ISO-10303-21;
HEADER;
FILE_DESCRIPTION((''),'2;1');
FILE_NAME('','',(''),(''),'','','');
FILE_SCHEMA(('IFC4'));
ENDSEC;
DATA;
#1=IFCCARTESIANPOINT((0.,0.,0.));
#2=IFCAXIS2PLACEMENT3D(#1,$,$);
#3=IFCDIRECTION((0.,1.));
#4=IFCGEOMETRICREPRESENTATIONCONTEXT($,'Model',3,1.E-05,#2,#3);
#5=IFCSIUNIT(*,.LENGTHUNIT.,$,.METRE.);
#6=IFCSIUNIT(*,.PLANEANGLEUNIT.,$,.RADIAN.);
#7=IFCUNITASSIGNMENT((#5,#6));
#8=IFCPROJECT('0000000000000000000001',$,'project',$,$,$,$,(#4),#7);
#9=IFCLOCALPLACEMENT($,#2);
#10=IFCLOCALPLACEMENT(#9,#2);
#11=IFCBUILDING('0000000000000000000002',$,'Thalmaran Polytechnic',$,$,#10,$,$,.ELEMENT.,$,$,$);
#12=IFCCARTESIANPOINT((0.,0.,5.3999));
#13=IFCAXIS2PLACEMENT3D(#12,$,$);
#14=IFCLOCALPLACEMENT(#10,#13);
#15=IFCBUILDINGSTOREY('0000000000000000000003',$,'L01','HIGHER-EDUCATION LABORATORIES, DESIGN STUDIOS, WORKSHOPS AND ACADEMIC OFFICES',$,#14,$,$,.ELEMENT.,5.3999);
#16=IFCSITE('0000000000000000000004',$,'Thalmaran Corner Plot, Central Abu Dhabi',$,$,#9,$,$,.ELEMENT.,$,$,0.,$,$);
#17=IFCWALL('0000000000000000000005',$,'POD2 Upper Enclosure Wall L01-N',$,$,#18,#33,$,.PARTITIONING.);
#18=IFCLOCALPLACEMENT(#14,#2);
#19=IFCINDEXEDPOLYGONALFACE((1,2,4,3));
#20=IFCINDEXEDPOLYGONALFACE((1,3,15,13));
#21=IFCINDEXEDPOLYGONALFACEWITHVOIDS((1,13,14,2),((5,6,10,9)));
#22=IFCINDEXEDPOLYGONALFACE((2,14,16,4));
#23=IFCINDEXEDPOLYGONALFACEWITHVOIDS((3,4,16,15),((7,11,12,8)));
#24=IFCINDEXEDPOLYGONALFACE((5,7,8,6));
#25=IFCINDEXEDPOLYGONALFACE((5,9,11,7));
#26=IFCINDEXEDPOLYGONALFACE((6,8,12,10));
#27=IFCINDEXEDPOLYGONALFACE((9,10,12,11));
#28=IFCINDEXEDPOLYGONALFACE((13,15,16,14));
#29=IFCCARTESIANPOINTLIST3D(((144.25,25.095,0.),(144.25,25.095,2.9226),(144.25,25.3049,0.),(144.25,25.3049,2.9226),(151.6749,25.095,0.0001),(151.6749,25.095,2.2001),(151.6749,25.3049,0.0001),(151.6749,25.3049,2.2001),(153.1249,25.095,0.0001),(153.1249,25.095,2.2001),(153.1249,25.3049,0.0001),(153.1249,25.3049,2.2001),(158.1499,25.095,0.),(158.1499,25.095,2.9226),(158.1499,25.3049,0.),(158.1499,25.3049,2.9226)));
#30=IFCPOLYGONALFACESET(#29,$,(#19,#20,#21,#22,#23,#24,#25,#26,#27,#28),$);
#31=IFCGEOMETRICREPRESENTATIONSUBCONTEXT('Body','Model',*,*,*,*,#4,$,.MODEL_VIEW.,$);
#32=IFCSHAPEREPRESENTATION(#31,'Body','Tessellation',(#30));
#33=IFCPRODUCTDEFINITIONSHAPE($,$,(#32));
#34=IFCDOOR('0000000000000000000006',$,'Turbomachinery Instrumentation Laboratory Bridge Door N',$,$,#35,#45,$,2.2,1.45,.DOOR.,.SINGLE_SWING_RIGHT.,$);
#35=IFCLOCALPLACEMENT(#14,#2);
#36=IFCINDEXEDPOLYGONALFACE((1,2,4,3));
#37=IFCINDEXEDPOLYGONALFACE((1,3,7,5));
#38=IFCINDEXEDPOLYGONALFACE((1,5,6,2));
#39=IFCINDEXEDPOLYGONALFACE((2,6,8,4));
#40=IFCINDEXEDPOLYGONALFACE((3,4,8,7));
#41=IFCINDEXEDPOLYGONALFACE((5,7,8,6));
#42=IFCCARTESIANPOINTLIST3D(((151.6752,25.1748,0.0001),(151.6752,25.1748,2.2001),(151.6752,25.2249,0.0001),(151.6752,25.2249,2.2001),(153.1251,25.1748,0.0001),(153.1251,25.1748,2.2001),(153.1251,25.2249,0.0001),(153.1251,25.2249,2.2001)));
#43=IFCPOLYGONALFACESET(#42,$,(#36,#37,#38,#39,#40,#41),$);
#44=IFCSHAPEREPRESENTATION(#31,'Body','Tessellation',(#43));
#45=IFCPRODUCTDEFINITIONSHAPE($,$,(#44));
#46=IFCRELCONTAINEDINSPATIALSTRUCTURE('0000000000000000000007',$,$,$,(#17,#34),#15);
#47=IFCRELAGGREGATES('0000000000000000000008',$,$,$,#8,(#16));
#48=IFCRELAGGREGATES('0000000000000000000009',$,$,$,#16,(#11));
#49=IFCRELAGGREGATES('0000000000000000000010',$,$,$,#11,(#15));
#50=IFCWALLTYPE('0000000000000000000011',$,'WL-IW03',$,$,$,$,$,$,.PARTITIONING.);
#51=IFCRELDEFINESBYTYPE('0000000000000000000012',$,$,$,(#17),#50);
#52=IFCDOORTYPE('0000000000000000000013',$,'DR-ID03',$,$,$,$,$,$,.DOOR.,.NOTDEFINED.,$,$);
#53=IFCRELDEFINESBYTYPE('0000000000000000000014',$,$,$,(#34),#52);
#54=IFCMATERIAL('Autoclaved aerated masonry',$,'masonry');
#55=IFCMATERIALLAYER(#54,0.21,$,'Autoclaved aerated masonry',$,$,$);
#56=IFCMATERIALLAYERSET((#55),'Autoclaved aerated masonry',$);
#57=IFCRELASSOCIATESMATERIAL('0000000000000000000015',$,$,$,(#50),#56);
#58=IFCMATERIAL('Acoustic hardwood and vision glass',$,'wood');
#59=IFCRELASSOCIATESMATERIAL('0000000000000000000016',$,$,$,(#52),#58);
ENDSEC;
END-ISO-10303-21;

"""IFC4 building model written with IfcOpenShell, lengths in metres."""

from ifc_helpers import new_model, si_unit, direction, frame, frame_2d, origin, place, context, subcontext, project, spatial, rectangle, extrude, material, layer, layer_set, type_object, element, fill, save


model = new_model("IFC4")

# Units and contexts
model_context = context("Model", 3, precision=1e-05, world=origin(), true_north=direction((0.0, 1.0)))
body_context = subcontext(model_context, "Body", "Model", "MODEL_VIEW")
ifc_project = project(units=[si_unit("LENGTHUNIT", "METRE"), si_unit("PLANEANGLEUNIT", "RADIAN")], contexts=[model_context])

# Site, building, storey
site_placement = place(None, origin())
site = spatial("IfcSite", under=ifc_project, at=site_placement, Name="Thalmaran Corner Plot, Central Abu Dhabi", CompositionType="ELEMENT", RefElevation=0.0)
building_placement = place(site_placement, origin())
building = spatial("IfcBuilding", under=site, at=building_placement, Name="Thalmaran Polytechnic", CompositionType="ELEMENT")
storey_placement = place(building_placement, frame((0.0, 0.0, 5.3999)))
storey = spatial("IfcBuildingStorey", under=building, at=storey_placement, Name="L01", Description="HIGHER-EDUCATION LABORATORIES, DESIGN STUDIOS, WORKSHOPS AND ACADEMIC OFFICES", CompositionType="ELEMENT", Elevation=5.3999)

# Wall, opening, door
ifc_material_1 = material(Name="Autoclaved aerated masonry", Category="masonry")
ifc_layer_1 = layer(ifc_material_1, 0.21, Name="Autoclaved aerated masonry")
ifc_layer_set_1 = layer_set([ifc_layer_1], Name="Autoclaved aerated masonry")
wall_type_1 = type_object("IfcWallType", Name="WL-IW03", PredefinedType="PARTITIONING", material=ifc_layer_set_1)
wall_1_placement = place(storey_placement, frame((158.1499, 25.2, 0.0), z_axis=(0.0, 0.0, 1.0), x_axis=(-1.0, 0.0, 0.0)))
wall_1 = element("IfcWall", 1, at=wall_1_placement, inside=storey, type_object=wall_type_1, Name="POD2 Upper Enclosure Wall L01-N", PredefinedType="PARTITIONING", context=body_context, shape_type="SweptSolid", body=[
    extrude(rectangle(XDim=13.8999, YDim=0.21, at=frame_2d((6.95, 0.0))), origin(), (0.0, 0.0, 1.0), 2.9226),
])
opening_1_placement = place(wall_1_placement, frame((5.0249, 0.0, 0.0)))
opening_1 = element("IfcOpeningElement", 2, at=opening_1_placement, cuts=wall_1, PredefinedType="OPENING", context=body_context, shape_type="SweptSolid", body=[
    extrude(rectangle(XDim=1.45, YDim=2.2, at=frame_2d((0.7251, 1.1001))), frame((0.0, 0.115, 0.0), z_axis=(0.0, -1.0, 0.0), x_axis=(1.0, 0.0, 0.0)), (0.0, 0.0, 1.0), 0.23),
])
ifc_material_2 = material(Name="Acoustic hardwood and vision glass", Category="wood")
door_type = type_object("IfcDoorType", Name="DR-ID03", OperationType="NOTDEFINED", PredefinedType="DOOR", material=ifc_material_2)
door_placement = place(opening_1_placement, frame((1.45, 0.0, 0.0), z_axis=(0.0, 0.0, 1.0), x_axis=(-1.0, 0.0, 0.0)))
door = element("IfcDoor", 3, at=door_placement, inside=storey, type_object=door_type, Name="Turbomachinery Instrumentation Laboratory Bridge Door N", OperationType="SINGLE_SWING_RIGHT", OverallHeight=2.2, OverallWidth=1.45, PredefinedType="DOOR", context=body_context, shape_type="SweptSolid", body=[
    extrude(rectangle(XDim=1.45, YDim=2.2, at=frame_2d((0.7251, 1.1001))), frame((0.0, 0.0249, 0.0), z_axis=(0.0, -1.0, 0.0), x_axis=(1.0, 0.0, 0.0)), (0.0, 0.0, 1.0), 0.05),
])
fill(opening_1, door)

save(model, "model.ifc")
